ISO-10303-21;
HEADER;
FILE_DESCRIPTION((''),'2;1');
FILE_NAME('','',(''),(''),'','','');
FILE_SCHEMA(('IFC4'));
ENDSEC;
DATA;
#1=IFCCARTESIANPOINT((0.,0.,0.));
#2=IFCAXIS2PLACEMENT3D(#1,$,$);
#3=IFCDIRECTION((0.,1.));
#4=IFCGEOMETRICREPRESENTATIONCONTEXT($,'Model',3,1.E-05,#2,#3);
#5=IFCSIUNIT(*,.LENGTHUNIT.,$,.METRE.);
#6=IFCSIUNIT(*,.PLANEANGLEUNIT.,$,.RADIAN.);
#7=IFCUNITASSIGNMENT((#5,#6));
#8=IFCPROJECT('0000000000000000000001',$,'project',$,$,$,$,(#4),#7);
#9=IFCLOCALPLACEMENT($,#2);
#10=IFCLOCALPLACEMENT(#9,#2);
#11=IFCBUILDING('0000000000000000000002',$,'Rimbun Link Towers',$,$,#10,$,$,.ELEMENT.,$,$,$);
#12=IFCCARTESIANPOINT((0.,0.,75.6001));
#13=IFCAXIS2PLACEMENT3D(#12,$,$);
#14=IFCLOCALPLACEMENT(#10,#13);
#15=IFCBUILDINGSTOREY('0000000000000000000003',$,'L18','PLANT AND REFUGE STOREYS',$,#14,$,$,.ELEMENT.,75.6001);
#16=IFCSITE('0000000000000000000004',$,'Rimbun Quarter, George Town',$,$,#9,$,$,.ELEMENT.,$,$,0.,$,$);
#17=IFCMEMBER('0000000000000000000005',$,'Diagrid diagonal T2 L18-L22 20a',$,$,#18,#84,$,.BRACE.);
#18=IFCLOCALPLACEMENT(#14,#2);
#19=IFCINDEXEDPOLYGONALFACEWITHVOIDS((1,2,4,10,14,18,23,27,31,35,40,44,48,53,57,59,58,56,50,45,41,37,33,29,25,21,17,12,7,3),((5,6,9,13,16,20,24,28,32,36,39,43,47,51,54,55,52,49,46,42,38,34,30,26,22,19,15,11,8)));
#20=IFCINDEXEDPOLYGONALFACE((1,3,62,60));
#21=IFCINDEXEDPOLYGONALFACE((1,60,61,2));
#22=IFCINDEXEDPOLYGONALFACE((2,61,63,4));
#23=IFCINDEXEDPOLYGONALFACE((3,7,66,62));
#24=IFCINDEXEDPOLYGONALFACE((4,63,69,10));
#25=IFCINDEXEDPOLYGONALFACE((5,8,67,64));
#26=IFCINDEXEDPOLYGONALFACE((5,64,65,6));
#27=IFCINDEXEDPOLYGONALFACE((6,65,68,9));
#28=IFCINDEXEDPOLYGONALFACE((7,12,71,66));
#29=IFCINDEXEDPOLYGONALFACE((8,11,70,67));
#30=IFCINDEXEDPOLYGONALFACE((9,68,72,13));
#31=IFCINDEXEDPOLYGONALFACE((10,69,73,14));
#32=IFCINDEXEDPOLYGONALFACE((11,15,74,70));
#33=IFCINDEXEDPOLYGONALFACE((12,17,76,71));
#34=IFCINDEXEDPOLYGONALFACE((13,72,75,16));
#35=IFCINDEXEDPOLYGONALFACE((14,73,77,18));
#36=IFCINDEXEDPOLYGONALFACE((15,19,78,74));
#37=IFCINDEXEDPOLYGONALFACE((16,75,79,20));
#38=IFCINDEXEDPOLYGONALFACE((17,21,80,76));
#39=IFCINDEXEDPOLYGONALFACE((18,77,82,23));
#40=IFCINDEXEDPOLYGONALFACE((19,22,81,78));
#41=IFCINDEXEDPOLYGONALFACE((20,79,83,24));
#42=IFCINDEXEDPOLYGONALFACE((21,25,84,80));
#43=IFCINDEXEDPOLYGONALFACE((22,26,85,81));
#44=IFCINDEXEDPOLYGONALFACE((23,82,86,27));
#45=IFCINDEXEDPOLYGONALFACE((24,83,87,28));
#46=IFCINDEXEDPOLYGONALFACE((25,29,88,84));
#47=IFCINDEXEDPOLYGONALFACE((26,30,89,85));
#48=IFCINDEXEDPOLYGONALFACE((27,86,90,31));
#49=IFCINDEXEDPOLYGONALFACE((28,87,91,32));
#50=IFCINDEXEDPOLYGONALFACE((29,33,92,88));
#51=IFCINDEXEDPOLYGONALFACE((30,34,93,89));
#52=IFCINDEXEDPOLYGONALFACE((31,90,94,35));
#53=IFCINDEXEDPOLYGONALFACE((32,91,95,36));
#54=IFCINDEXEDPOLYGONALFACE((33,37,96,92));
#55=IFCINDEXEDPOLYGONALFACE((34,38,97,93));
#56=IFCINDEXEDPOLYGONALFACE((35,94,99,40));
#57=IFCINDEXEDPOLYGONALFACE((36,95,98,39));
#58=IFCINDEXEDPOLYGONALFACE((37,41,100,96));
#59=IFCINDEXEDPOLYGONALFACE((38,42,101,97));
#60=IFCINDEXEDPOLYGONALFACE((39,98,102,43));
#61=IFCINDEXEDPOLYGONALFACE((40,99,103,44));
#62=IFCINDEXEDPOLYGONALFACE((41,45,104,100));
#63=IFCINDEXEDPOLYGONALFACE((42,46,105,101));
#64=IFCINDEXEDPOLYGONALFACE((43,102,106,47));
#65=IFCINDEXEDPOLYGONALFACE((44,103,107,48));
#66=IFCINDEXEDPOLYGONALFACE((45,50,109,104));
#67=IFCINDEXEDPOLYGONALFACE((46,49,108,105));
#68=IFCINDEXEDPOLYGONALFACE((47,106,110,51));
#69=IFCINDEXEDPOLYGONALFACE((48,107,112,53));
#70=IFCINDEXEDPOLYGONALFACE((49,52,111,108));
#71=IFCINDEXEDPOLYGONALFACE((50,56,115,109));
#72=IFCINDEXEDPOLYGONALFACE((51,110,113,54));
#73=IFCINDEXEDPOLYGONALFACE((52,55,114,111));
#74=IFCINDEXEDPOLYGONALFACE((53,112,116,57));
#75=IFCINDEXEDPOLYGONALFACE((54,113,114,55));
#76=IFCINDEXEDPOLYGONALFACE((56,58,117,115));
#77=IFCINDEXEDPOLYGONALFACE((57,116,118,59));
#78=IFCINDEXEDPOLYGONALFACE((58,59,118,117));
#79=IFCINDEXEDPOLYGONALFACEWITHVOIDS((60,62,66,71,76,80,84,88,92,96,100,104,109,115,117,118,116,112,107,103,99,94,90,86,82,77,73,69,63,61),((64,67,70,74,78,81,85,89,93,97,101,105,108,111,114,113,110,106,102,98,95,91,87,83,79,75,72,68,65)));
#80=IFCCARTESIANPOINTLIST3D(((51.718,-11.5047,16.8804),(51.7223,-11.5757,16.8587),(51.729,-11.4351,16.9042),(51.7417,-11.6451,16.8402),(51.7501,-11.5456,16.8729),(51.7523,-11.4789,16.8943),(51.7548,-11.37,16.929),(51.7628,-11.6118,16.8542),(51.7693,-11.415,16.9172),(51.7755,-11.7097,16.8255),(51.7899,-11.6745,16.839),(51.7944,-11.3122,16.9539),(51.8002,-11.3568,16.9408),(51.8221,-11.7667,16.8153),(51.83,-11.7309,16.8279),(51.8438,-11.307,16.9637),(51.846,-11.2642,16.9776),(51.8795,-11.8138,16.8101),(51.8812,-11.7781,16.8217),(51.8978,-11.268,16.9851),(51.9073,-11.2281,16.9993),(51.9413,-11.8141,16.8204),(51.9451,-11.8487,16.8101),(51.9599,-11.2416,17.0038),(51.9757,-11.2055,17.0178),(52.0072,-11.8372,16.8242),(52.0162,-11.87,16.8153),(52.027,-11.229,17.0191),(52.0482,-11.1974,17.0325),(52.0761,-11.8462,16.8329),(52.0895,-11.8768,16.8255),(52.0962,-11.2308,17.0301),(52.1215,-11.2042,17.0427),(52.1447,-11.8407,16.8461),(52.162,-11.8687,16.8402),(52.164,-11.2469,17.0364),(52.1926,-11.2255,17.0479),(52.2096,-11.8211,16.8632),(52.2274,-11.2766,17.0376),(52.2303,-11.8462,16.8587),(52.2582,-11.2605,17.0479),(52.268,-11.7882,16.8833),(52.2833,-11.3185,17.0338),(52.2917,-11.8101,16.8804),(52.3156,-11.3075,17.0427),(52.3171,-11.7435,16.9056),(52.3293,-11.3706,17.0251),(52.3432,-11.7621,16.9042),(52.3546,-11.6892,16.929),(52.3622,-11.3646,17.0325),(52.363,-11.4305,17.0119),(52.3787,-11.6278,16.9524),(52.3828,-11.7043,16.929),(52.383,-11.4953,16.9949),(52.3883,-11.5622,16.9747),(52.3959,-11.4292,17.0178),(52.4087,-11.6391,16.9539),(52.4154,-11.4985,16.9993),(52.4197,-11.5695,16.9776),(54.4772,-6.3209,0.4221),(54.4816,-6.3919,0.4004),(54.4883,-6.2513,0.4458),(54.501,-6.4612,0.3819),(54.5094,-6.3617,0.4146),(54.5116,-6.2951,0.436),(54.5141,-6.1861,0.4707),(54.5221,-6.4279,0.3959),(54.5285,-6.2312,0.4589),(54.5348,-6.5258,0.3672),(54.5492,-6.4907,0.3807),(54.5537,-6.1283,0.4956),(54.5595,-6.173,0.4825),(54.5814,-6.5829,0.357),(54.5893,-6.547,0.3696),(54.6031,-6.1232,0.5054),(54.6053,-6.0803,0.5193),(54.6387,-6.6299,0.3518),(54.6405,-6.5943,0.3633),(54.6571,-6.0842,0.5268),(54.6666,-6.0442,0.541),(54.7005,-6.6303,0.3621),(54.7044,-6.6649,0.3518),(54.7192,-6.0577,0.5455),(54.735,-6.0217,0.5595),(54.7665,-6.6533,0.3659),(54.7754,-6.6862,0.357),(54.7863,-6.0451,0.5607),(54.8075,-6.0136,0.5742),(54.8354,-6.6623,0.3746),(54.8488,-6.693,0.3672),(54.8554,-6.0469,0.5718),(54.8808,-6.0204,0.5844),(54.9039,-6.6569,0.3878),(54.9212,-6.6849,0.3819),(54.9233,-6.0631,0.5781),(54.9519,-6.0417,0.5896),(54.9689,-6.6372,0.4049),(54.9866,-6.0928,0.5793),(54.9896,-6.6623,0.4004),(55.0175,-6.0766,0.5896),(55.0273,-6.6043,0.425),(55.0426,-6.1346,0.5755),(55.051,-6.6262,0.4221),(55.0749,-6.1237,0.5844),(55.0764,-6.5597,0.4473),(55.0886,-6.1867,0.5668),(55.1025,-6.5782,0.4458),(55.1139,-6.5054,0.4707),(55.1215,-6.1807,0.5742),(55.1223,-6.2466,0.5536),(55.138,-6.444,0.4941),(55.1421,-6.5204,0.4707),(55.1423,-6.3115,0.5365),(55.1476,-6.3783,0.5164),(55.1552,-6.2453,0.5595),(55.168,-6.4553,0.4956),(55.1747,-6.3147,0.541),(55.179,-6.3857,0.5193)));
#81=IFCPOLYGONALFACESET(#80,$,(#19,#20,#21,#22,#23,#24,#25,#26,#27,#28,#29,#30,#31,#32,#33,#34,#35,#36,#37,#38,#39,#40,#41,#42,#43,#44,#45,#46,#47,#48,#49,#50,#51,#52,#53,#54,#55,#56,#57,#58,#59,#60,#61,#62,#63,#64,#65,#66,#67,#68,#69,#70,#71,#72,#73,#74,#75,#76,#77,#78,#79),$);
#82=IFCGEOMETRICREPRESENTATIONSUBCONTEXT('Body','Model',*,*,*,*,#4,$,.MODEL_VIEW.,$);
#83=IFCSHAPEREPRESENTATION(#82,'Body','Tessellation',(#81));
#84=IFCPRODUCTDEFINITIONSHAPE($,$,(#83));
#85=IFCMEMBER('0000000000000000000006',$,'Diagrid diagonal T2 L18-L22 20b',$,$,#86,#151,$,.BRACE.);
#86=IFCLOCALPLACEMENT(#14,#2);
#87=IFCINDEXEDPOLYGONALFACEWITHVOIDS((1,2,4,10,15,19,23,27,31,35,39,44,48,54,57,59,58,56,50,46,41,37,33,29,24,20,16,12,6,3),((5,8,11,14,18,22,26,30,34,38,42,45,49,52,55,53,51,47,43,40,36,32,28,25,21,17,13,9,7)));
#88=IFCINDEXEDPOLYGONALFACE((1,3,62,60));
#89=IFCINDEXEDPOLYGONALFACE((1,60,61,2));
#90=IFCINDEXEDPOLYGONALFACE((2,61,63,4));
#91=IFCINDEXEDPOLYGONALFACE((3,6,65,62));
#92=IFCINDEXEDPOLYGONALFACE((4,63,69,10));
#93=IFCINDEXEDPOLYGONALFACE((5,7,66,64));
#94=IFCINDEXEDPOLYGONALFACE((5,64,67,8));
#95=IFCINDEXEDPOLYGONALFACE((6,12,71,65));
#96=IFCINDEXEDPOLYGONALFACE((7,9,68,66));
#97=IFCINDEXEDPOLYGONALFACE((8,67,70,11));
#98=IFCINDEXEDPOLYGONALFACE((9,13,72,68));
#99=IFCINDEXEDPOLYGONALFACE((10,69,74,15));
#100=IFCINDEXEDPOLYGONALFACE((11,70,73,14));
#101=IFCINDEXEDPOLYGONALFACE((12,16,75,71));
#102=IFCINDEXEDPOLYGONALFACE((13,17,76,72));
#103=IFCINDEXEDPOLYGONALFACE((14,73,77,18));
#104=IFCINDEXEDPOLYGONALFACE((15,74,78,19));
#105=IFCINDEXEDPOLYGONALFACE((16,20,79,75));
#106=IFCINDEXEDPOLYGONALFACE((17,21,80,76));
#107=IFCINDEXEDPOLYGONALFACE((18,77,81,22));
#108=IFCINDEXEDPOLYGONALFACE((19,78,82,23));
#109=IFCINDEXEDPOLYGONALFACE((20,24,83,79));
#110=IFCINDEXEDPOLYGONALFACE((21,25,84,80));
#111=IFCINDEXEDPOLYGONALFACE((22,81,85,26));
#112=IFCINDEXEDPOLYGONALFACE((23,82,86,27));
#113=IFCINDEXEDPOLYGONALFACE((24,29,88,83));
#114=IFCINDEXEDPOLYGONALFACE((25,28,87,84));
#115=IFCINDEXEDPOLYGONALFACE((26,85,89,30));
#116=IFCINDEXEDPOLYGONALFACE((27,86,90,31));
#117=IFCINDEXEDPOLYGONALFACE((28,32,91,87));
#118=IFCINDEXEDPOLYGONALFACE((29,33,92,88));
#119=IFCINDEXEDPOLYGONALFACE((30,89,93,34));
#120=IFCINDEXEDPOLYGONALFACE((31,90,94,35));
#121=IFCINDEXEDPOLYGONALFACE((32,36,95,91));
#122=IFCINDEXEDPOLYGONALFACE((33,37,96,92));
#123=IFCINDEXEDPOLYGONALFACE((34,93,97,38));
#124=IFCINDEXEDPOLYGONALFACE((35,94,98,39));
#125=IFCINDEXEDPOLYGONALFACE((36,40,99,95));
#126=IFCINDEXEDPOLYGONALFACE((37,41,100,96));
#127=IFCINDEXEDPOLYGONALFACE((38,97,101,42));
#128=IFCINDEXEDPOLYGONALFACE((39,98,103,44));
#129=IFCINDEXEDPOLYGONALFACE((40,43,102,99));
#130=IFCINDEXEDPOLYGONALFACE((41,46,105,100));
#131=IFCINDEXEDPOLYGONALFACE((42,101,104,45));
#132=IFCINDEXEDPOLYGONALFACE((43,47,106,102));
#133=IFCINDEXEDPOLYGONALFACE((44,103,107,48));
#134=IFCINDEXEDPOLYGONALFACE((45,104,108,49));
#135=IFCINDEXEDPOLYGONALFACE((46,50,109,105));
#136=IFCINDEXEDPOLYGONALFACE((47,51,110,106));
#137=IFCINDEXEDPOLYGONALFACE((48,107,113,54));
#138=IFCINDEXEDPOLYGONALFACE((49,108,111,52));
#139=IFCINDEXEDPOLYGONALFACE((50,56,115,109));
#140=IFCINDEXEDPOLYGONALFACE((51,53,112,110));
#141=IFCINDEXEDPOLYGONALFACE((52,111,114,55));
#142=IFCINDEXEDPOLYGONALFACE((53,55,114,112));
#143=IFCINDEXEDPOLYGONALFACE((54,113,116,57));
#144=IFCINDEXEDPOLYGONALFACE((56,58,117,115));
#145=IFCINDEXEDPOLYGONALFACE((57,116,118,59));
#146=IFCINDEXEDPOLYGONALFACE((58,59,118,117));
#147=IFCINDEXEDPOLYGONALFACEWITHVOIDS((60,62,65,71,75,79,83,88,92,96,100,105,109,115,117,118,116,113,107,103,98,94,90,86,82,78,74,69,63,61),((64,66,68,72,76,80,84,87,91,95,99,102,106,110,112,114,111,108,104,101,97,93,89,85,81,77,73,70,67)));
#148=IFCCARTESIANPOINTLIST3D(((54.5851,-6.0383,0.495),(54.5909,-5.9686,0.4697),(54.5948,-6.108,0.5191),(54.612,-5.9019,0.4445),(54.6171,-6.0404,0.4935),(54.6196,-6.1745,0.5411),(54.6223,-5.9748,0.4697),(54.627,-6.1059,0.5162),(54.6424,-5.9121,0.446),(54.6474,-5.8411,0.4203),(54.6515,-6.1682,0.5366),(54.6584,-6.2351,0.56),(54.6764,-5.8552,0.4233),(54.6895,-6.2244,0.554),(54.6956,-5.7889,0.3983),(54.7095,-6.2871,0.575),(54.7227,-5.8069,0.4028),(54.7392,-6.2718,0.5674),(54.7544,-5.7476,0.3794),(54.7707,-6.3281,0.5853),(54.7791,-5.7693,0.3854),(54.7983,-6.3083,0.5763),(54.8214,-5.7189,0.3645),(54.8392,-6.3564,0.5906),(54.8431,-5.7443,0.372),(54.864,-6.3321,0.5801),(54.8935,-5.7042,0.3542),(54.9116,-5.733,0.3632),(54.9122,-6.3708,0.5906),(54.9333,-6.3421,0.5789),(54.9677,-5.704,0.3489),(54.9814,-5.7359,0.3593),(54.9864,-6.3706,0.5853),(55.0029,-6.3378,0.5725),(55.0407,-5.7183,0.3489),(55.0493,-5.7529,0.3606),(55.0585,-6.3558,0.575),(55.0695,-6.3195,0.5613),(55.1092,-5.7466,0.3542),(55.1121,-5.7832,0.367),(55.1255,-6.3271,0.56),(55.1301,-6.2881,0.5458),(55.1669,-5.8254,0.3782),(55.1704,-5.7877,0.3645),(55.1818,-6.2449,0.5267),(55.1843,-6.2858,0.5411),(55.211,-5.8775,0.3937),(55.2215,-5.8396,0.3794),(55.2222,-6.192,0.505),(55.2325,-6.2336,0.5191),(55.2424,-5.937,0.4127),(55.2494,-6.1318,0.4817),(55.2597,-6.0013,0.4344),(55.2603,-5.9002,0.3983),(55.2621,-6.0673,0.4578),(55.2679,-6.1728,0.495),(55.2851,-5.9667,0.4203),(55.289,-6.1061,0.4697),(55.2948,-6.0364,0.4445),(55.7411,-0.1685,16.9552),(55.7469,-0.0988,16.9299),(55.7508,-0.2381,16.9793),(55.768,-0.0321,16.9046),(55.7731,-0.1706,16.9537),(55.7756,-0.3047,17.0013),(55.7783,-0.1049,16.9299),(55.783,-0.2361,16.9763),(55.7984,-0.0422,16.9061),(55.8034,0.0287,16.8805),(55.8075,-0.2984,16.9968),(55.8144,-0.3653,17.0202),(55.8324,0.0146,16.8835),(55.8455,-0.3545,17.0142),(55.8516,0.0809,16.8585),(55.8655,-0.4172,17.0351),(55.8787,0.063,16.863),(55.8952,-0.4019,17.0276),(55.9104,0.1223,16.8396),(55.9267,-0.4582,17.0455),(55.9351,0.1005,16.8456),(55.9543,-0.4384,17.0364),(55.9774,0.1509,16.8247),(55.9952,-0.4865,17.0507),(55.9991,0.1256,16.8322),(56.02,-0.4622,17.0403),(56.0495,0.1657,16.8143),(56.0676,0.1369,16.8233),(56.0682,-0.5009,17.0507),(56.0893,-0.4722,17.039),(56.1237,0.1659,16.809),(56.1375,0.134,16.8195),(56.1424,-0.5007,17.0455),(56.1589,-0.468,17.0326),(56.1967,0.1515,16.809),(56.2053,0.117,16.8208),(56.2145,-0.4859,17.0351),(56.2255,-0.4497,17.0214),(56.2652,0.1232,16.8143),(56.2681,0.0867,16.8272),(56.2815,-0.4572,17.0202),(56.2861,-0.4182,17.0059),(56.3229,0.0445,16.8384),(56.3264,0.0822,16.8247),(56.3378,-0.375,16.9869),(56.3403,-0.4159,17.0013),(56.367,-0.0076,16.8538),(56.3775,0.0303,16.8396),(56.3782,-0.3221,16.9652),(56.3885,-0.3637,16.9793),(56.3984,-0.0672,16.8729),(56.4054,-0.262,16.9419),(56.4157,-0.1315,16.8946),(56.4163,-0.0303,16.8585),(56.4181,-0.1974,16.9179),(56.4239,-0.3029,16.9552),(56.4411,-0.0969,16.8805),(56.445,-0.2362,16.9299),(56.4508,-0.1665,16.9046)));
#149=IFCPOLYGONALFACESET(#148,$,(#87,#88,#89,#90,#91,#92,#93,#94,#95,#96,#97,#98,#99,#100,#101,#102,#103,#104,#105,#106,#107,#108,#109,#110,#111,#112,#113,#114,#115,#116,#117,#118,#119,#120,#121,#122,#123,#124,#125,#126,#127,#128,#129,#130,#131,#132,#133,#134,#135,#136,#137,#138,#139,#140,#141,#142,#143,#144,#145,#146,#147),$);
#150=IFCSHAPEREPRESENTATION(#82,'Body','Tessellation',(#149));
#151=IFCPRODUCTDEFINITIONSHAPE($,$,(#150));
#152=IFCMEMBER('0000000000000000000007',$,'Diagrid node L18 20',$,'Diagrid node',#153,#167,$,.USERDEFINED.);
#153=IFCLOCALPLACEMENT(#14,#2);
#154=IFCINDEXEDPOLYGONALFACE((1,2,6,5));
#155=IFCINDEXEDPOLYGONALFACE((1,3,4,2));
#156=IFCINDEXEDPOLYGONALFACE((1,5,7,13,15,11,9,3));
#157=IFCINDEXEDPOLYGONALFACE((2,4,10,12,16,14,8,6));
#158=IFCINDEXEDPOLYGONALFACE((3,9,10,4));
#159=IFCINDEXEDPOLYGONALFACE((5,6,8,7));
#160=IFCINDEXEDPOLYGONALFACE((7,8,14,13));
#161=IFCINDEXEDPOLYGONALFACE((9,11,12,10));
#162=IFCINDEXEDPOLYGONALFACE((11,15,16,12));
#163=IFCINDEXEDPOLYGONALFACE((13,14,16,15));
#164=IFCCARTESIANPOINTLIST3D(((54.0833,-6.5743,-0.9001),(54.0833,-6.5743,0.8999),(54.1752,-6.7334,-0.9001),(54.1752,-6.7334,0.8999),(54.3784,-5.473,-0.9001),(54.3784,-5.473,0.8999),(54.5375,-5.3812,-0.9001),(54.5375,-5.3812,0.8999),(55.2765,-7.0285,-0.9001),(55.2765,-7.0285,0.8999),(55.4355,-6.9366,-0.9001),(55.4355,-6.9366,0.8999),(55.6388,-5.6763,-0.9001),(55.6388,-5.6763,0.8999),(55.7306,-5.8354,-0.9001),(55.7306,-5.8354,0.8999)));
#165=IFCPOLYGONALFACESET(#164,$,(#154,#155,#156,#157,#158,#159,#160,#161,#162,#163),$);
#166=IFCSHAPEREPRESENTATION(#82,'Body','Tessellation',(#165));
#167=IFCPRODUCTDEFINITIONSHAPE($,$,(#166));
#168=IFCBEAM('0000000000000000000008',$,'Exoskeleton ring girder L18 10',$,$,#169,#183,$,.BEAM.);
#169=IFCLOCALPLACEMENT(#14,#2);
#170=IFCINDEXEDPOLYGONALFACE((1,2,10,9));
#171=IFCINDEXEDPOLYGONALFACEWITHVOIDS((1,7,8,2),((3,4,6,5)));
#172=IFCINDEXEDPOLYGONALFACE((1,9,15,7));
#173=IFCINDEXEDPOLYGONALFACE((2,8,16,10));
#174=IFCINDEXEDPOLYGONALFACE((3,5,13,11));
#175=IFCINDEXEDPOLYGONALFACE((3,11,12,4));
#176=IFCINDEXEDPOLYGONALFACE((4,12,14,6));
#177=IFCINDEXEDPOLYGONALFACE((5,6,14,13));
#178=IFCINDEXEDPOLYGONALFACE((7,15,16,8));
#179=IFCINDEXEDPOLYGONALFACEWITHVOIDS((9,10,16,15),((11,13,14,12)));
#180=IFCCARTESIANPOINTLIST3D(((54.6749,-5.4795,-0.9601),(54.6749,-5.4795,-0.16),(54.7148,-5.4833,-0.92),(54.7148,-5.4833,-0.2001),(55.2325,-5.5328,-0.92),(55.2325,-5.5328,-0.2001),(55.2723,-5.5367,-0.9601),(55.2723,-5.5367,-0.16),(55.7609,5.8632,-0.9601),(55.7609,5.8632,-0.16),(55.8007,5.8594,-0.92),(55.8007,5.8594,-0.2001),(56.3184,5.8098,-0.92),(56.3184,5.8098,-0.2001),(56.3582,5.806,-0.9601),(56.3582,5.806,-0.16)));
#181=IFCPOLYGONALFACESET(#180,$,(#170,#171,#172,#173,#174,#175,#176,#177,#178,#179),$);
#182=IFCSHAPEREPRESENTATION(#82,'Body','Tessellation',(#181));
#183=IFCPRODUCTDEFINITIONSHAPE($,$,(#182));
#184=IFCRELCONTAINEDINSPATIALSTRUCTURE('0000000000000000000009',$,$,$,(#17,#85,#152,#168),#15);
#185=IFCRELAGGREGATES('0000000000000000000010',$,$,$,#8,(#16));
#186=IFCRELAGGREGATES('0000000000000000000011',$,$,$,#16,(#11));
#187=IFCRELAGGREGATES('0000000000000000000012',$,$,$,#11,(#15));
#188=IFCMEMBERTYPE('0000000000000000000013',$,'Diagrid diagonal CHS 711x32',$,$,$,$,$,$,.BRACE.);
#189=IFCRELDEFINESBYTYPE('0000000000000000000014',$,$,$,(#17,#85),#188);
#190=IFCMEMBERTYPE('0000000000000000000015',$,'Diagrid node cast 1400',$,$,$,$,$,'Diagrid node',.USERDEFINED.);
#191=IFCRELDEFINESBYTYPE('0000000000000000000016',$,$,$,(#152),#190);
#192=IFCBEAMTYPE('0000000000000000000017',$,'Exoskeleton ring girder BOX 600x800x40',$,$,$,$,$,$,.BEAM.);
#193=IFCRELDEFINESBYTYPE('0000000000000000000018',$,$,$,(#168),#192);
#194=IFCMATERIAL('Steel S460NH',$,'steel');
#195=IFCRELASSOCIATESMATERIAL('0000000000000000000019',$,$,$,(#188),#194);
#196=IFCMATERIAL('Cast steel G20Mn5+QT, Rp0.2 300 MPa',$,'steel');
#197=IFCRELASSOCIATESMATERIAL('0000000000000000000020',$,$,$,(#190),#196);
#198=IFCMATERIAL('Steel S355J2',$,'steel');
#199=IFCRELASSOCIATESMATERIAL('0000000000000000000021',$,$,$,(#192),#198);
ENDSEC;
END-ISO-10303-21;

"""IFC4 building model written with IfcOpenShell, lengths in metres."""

from ifc_helpers import new_model, si_unit, direction, frame, origin, origin_2d, place, context, subcontext, project, spatial, polyline, hollow_rectangle, hollow_circle, outline, extrude, material, material_profile, profile_set, type_object, element, save


model = new_model("IFC4")

# Units and contexts
model_context = context("Model", 3, precision=1e-05, world=origin(), true_north=direction((0.0, 1.0)))
body_context = subcontext(model_context, "Body", "Model", "MODEL_VIEW")
ifc_project = project(units=[si_unit("LENGTHUNIT", "METRE"), si_unit("PLANEANGLEUNIT", "RADIAN")], contexts=[model_context])

# Site, building, storey
site_placement = place(None, origin())
site = spatial("IfcSite", under=ifc_project, at=site_placement, Name="Rimbun Quarter, George Town", CompositionType="ELEMENT", RefElevation=0.0)
building_placement = place(site_placement, origin())
building = spatial("IfcBuilding", under=site, at=building_placement, Name="Rimbun Link Towers", CompositionType="ELEMENT")
storey_placement = place(building_placement, frame((0.0, 0.0, 75.6001)))
storey = spatial("IfcBuildingStorey", under=building, at=storey_placement, Name="L18", Description="PLANT AND REFUGE STOREYS", CompositionType="ELEMENT", Elevation=75.6001)

# Members
ifc_material_1 = material(Name="Steel S460NH", Category="steel")
ifc_material_profile_1 = material_profile(ifc_material_1, hollow_circle(Radius=0.3557, WallThickness=0.032, at=origin_2d()), Name="Diagrid diagonal CHS 711x32")
ifc_profile_set_1 = profile_set([ifc_material_profile_1], Name="Steel S460NH")
member_type_1 = type_object("IfcMemberType", Name="Diagrid diagonal CHS 711x32", PredefinedType="BRACE", material=ifc_profile_set_1)
member_1_placement = place(storey_placement, frame((54.8281, -6.3533, 0.4707), z_axis=(-0.157903, -0.296651, 0.941841), x_axis=(0.882737, -0.469867, 0.0)))
element("IfcMember", 1, at=member_1_placement, inside=storey, type_object=member_type_1, Name="Diagrid diagonal T2 L18-L22 20a", PredefinedType="BRACE", context=body_context, shape_type="SweptSolid", body=[
    extrude(hollow_circle(Radius=0.3557, WallThickness=0.032, at=origin_2d()), origin(), (0.0, 0.0, 1.0), 17.4746),
])
member_2_placement = place(storey_placement, frame((54.9399, -6.0374, 0.4697), z_axis=(0.066006, 0.335159, 0.939847), x_axis=(-0.981154, 0.193227, 0.0)))
element("IfcMember", 2, at=member_2_placement, inside=storey, type_object=member_type_1, Name="Diagrid diagonal T2 L18-L22 20b", PredefinedType="BRACE", context=body_context, shape_type="SweptSolid", body=[
    extrude(hollow_circle(Radius=0.3557, WallThickness=0.032, at=origin_2d()), origin(), (0.0, 0.0, 1.0), 17.5137),
])
ifc_material_2 = material(Name="Cast steel G20Mn5+QT, Rp0.2 300 MPa", Category="steel")
ifc_material_profile_2 = material_profile(ifc_material_2, outline(polyline([(0.7, -0.5701), (0.7, 0.5701), (0.5701, 0.7), (-0.5701, 0.7), (-0.7, 0.5701), (-0.7, -0.5701), (-0.5701, -0.7), (0.5701, -0.7), (0.7, -0.5701)])), Name="NODE 1400x1400")
ifc_profile_set_2 = profile_set([ifc_material_profile_2], Name="Cast steel G20Mn5+QT, Rp0.2 300 MPa")
member_type_2 = type_object("IfcMemberType", Name="Diagrid node cast 1400", ElementType="Diagrid node", PredefinedType="USERDEFINED", material=ifc_profile_set_2)
member_3_placement = place(storey_placement, frame((54.907, -6.2048, -0.9001), z_axis=(0.0, 0.0, 1.0), x_axis=(0.965926, -0.258819, 0.0)))
element("IfcMember", 3, at=member_3_placement, inside=storey, type_object=member_type_2, Name="Diagrid node L18 20", ObjectType="Diagrid node", PredefinedType="USERDEFINED", context=body_context, shape_type="SweptSolid", body=[
    extrude(outline(polyline([(0.7, -0.5701), (0.7, 0.5701), (0.5701, 0.7), (-0.5701, 0.7), (-0.7, 0.5701), (-0.7, -0.5701), (-0.5701, -0.7), (0.5701, -0.7), (0.7, -0.5701)])), origin(), (0.0, 0.0, 1.0), 1.8),
])

# Beam
ifc_material_3 = material(Name="Steel S355J2", Category="steel")
ifc_material_profile_3 = material_profile(ifc_material_3, hollow_rectangle(XDim=0.6001, YDim=0.8, WallThickness=0.04, at=origin_2d()), Name="Exoskeleton ring girder BOX 600x800x40")
ifc_profile_set_3 = profile_set([ifc_material_profile_3], Name="Steel S355J2")
beam_type_1 = type_object("IfcBeamType", Name="Exoskeleton ring girder BOX 600x800x40", PredefinedType="BEAM", material=ifc_profile_set_3)
beam_1_placement = place(storey_placement, frame((54.9736, -5.5081, -0.5601), z_axis=(0.095303, 0.995448, 0.0), x_axis=(-0.995448, 0.095303, 0.0)))
element("IfcBeam", 4, at=beam_1_placement, inside=storey, type_object=beam_type_1, Name="Exoskeleton ring girder L18 10", PredefinedType="BEAM", context=body_context, shape_type="SweptSolid", body=[
    extrude(hollow_rectangle(XDim=0.6001, YDim=0.8, WallThickness=0.04, at=origin_2d()), origin(), (0.0, 0.0, 1.0), 11.3945),
])

save(model, "model.ifc")
